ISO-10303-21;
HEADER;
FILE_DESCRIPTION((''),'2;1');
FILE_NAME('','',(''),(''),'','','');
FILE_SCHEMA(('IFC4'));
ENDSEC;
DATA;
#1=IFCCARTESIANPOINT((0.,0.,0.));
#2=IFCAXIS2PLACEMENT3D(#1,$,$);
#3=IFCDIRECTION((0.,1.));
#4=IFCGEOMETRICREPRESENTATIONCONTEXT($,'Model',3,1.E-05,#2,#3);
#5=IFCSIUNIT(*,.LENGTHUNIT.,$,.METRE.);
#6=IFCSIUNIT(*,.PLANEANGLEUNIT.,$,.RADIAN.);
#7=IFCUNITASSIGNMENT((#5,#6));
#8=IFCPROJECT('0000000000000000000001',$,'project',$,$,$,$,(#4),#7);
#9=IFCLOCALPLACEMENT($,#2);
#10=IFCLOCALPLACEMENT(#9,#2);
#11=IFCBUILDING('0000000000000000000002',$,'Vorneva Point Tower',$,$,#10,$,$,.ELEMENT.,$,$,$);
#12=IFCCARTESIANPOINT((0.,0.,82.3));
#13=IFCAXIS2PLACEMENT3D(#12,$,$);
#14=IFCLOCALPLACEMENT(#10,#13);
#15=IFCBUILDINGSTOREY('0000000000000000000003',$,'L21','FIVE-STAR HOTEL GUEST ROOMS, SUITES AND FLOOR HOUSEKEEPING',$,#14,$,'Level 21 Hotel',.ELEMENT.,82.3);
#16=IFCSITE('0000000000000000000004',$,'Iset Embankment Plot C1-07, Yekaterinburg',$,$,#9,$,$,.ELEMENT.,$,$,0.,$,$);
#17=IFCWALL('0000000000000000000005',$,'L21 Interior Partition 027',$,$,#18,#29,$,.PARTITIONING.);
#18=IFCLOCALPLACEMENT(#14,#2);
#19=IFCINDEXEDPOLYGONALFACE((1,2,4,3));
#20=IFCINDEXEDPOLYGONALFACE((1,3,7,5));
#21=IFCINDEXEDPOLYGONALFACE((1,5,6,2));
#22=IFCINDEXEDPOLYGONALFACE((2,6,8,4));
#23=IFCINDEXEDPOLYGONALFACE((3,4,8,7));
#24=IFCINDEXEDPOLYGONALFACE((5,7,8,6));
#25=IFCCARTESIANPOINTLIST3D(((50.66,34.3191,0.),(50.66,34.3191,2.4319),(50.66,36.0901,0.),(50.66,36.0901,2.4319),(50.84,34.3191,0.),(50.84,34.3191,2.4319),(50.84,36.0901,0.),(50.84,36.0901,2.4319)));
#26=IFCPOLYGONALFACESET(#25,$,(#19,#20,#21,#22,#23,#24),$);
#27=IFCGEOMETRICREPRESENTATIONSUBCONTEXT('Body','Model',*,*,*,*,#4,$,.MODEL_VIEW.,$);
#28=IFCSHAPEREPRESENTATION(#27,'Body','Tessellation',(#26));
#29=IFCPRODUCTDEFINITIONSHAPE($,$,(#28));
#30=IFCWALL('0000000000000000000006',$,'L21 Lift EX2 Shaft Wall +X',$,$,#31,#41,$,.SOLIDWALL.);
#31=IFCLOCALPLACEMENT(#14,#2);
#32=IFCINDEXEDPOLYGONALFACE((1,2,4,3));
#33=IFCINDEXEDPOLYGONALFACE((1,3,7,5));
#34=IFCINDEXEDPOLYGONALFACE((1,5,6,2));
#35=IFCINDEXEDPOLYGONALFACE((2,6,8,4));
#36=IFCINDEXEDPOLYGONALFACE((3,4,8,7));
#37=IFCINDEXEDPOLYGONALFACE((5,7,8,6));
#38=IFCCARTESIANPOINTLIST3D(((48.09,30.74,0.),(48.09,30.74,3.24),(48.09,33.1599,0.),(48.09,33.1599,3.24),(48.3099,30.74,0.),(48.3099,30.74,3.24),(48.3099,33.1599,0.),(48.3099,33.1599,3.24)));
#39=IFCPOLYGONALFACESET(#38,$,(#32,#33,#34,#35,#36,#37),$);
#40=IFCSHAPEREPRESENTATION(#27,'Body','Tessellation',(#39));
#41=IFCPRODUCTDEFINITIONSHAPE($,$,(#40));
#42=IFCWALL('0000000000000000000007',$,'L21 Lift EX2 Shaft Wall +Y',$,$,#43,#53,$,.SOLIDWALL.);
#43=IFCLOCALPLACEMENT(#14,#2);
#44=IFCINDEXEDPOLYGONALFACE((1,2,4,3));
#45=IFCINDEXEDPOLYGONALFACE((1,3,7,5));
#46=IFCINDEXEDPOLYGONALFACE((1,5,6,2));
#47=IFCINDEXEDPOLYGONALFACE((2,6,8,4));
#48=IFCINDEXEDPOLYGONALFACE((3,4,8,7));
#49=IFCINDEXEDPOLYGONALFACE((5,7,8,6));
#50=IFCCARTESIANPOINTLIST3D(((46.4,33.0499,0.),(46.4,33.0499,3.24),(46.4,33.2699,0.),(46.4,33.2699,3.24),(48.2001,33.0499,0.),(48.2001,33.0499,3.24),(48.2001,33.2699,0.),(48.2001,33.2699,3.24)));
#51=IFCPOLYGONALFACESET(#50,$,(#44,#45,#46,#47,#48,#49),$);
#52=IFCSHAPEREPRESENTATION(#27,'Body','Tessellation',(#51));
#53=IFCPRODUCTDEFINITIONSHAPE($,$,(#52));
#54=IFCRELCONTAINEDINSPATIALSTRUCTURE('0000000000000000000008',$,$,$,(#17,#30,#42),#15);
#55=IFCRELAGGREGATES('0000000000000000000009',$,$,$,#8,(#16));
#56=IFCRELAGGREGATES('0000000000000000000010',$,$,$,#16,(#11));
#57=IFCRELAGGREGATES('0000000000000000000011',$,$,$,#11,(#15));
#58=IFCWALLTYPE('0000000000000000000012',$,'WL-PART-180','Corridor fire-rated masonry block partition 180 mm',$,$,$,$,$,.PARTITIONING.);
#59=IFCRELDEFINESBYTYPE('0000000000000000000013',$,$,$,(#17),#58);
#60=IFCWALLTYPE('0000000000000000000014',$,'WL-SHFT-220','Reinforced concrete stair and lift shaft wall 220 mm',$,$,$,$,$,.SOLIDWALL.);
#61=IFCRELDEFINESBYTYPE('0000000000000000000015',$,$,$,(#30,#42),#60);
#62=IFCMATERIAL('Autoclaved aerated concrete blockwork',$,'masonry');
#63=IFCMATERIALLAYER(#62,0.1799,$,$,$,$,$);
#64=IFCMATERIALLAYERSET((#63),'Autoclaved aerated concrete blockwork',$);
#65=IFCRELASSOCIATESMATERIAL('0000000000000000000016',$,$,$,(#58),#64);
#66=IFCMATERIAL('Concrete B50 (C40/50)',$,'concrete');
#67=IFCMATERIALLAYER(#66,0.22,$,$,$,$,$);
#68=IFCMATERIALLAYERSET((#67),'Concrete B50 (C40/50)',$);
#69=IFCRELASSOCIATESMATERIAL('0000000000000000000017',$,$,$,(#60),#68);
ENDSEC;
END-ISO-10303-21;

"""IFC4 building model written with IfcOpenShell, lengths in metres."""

from ifc_helpers import new_model, si_unit, direction, frame, frame_2d, origin, place, context, subcontext, project, spatial, rectangle, extrude, material, layer, layer_set, type_object, element, save


model = new_model("IFC4")

# Units and contexts
model_context = context("Model", 3, precision=1e-05, world=origin(), true_north=direction((0.0, 1.0)))
body_context = subcontext(model_context, "Body", "Model", "MODEL_VIEW")
ifc_project = project(units=[si_unit("LENGTHUNIT", "METRE"), si_unit("PLANEANGLEUNIT", "RADIAN")], contexts=[model_context])

# Site, building, storey
site_placement = place(None, origin())
site = spatial("IfcSite", under=ifc_project, at=site_placement, Name="Iset Embankment Plot C1-07, Yekaterinburg", CompositionType="ELEMENT", RefElevation=0.0)
building_placement = place(site_placement, origin())
building = spatial("IfcBuilding", under=site, at=building_placement, Name="Vorneva Point Tower", CompositionType="ELEMENT")
storey_placement = place(building_placement, frame((0.0, 0.0, 82.3)))
storey = spatial("IfcBuildingStorey", under=building, at=storey_placement, Name="L21", Description="FIVE-STAR HOTEL GUEST ROOMS, SUITES AND FLOOR HOUSEKEEPING", LongName="Level 21 Hotel", CompositionType="ELEMENT", Elevation=82.3)

# Walls
ifc_material_1 = material(Name="Autoclaved aerated concrete blockwork", Category="masonry")
ifc_layer_1 = layer(ifc_material_1, 0.1799)
ifc_layer_set_1 = layer_set([ifc_layer_1], Name="Autoclaved aerated concrete blockwork")
wall_type_1 = type_object("IfcWallType", Name="WL-PART-180", Description="Corridor fire-rated masonry block partition 180 mm", PredefinedType="PARTITIONING", material=ifc_layer_set_1)
wall_1_placement = place(storey_placement, frame((50.75, 34.3191, 0.0), z_axis=(0.0, 0.0, 1.0), x_axis=(0.0, 1.0, 0.0)))
element("IfcWall", 1, at=wall_1_placement, inside=storey, type_object=wall_type_1, Name="L21 Interior Partition 027", PredefinedType="PARTITIONING", context=body_context, shape_type="SweptSolid", body=[
    extrude(rectangle(XDim=1.771, YDim=0.1799, at=frame_2d((0.8855, 0.0))), origin(), (0.0, 0.0, 1.0), 2.4319),
])
ifc_material_2 = material(Name="Concrete B50 (C40/50)", Category="concrete")
ifc_layer_2 = layer(ifc_material_2, 0.22)
ifc_layer_set_2 = layer_set([ifc_layer_2], Name="Concrete B50 (C40/50)")
wall_type_2 = type_object("IfcWallType", Name="WL-SHFT-220", Description="Reinforced concrete stair and lift shaft wall 220 mm", PredefinedType="SOLIDWALL", material=ifc_layer_set_2)
wall_2_placement = place(storey_placement, frame((48.2, 30.74, 0.0), z_axis=(0.0, 0.0, 1.0), x_axis=(0.0, 1.0, 0.0)))
element("IfcWall", 2, at=wall_2_placement, inside=storey, type_object=wall_type_2, Name="L21 Lift EX2 Shaft Wall +X", PredefinedType="SOLIDWALL", context=body_context, shape_type="SweptSolid", body=[
    extrude(rectangle(XDim=2.4199, YDim=0.22, at=frame_2d((1.21, 0.0))), origin(), (0.0, 0.0, 1.0), 3.24),
])
wall_3_placement = place(storey_placement, frame((48.2, 33.1599, 0.0), z_axis=(0.0, 0.0, 1.0), x_axis=(-1.0, 0.0, 0.0)))
element("IfcWall", 3, at=wall_3_placement, inside=storey, type_object=wall_type_2, Name="L21 Lift EX2 Shaft Wall +Y", PredefinedType="SOLIDWALL", context=body_context, shape_type="SweptSolid", body=[
    extrude(rectangle(XDim=1.8, YDim=0.22, at=frame_2d((0.8999, 0.0))), origin(), (0.0, 0.0, 1.0), 3.24),
])

save(model, "model.ifc")
